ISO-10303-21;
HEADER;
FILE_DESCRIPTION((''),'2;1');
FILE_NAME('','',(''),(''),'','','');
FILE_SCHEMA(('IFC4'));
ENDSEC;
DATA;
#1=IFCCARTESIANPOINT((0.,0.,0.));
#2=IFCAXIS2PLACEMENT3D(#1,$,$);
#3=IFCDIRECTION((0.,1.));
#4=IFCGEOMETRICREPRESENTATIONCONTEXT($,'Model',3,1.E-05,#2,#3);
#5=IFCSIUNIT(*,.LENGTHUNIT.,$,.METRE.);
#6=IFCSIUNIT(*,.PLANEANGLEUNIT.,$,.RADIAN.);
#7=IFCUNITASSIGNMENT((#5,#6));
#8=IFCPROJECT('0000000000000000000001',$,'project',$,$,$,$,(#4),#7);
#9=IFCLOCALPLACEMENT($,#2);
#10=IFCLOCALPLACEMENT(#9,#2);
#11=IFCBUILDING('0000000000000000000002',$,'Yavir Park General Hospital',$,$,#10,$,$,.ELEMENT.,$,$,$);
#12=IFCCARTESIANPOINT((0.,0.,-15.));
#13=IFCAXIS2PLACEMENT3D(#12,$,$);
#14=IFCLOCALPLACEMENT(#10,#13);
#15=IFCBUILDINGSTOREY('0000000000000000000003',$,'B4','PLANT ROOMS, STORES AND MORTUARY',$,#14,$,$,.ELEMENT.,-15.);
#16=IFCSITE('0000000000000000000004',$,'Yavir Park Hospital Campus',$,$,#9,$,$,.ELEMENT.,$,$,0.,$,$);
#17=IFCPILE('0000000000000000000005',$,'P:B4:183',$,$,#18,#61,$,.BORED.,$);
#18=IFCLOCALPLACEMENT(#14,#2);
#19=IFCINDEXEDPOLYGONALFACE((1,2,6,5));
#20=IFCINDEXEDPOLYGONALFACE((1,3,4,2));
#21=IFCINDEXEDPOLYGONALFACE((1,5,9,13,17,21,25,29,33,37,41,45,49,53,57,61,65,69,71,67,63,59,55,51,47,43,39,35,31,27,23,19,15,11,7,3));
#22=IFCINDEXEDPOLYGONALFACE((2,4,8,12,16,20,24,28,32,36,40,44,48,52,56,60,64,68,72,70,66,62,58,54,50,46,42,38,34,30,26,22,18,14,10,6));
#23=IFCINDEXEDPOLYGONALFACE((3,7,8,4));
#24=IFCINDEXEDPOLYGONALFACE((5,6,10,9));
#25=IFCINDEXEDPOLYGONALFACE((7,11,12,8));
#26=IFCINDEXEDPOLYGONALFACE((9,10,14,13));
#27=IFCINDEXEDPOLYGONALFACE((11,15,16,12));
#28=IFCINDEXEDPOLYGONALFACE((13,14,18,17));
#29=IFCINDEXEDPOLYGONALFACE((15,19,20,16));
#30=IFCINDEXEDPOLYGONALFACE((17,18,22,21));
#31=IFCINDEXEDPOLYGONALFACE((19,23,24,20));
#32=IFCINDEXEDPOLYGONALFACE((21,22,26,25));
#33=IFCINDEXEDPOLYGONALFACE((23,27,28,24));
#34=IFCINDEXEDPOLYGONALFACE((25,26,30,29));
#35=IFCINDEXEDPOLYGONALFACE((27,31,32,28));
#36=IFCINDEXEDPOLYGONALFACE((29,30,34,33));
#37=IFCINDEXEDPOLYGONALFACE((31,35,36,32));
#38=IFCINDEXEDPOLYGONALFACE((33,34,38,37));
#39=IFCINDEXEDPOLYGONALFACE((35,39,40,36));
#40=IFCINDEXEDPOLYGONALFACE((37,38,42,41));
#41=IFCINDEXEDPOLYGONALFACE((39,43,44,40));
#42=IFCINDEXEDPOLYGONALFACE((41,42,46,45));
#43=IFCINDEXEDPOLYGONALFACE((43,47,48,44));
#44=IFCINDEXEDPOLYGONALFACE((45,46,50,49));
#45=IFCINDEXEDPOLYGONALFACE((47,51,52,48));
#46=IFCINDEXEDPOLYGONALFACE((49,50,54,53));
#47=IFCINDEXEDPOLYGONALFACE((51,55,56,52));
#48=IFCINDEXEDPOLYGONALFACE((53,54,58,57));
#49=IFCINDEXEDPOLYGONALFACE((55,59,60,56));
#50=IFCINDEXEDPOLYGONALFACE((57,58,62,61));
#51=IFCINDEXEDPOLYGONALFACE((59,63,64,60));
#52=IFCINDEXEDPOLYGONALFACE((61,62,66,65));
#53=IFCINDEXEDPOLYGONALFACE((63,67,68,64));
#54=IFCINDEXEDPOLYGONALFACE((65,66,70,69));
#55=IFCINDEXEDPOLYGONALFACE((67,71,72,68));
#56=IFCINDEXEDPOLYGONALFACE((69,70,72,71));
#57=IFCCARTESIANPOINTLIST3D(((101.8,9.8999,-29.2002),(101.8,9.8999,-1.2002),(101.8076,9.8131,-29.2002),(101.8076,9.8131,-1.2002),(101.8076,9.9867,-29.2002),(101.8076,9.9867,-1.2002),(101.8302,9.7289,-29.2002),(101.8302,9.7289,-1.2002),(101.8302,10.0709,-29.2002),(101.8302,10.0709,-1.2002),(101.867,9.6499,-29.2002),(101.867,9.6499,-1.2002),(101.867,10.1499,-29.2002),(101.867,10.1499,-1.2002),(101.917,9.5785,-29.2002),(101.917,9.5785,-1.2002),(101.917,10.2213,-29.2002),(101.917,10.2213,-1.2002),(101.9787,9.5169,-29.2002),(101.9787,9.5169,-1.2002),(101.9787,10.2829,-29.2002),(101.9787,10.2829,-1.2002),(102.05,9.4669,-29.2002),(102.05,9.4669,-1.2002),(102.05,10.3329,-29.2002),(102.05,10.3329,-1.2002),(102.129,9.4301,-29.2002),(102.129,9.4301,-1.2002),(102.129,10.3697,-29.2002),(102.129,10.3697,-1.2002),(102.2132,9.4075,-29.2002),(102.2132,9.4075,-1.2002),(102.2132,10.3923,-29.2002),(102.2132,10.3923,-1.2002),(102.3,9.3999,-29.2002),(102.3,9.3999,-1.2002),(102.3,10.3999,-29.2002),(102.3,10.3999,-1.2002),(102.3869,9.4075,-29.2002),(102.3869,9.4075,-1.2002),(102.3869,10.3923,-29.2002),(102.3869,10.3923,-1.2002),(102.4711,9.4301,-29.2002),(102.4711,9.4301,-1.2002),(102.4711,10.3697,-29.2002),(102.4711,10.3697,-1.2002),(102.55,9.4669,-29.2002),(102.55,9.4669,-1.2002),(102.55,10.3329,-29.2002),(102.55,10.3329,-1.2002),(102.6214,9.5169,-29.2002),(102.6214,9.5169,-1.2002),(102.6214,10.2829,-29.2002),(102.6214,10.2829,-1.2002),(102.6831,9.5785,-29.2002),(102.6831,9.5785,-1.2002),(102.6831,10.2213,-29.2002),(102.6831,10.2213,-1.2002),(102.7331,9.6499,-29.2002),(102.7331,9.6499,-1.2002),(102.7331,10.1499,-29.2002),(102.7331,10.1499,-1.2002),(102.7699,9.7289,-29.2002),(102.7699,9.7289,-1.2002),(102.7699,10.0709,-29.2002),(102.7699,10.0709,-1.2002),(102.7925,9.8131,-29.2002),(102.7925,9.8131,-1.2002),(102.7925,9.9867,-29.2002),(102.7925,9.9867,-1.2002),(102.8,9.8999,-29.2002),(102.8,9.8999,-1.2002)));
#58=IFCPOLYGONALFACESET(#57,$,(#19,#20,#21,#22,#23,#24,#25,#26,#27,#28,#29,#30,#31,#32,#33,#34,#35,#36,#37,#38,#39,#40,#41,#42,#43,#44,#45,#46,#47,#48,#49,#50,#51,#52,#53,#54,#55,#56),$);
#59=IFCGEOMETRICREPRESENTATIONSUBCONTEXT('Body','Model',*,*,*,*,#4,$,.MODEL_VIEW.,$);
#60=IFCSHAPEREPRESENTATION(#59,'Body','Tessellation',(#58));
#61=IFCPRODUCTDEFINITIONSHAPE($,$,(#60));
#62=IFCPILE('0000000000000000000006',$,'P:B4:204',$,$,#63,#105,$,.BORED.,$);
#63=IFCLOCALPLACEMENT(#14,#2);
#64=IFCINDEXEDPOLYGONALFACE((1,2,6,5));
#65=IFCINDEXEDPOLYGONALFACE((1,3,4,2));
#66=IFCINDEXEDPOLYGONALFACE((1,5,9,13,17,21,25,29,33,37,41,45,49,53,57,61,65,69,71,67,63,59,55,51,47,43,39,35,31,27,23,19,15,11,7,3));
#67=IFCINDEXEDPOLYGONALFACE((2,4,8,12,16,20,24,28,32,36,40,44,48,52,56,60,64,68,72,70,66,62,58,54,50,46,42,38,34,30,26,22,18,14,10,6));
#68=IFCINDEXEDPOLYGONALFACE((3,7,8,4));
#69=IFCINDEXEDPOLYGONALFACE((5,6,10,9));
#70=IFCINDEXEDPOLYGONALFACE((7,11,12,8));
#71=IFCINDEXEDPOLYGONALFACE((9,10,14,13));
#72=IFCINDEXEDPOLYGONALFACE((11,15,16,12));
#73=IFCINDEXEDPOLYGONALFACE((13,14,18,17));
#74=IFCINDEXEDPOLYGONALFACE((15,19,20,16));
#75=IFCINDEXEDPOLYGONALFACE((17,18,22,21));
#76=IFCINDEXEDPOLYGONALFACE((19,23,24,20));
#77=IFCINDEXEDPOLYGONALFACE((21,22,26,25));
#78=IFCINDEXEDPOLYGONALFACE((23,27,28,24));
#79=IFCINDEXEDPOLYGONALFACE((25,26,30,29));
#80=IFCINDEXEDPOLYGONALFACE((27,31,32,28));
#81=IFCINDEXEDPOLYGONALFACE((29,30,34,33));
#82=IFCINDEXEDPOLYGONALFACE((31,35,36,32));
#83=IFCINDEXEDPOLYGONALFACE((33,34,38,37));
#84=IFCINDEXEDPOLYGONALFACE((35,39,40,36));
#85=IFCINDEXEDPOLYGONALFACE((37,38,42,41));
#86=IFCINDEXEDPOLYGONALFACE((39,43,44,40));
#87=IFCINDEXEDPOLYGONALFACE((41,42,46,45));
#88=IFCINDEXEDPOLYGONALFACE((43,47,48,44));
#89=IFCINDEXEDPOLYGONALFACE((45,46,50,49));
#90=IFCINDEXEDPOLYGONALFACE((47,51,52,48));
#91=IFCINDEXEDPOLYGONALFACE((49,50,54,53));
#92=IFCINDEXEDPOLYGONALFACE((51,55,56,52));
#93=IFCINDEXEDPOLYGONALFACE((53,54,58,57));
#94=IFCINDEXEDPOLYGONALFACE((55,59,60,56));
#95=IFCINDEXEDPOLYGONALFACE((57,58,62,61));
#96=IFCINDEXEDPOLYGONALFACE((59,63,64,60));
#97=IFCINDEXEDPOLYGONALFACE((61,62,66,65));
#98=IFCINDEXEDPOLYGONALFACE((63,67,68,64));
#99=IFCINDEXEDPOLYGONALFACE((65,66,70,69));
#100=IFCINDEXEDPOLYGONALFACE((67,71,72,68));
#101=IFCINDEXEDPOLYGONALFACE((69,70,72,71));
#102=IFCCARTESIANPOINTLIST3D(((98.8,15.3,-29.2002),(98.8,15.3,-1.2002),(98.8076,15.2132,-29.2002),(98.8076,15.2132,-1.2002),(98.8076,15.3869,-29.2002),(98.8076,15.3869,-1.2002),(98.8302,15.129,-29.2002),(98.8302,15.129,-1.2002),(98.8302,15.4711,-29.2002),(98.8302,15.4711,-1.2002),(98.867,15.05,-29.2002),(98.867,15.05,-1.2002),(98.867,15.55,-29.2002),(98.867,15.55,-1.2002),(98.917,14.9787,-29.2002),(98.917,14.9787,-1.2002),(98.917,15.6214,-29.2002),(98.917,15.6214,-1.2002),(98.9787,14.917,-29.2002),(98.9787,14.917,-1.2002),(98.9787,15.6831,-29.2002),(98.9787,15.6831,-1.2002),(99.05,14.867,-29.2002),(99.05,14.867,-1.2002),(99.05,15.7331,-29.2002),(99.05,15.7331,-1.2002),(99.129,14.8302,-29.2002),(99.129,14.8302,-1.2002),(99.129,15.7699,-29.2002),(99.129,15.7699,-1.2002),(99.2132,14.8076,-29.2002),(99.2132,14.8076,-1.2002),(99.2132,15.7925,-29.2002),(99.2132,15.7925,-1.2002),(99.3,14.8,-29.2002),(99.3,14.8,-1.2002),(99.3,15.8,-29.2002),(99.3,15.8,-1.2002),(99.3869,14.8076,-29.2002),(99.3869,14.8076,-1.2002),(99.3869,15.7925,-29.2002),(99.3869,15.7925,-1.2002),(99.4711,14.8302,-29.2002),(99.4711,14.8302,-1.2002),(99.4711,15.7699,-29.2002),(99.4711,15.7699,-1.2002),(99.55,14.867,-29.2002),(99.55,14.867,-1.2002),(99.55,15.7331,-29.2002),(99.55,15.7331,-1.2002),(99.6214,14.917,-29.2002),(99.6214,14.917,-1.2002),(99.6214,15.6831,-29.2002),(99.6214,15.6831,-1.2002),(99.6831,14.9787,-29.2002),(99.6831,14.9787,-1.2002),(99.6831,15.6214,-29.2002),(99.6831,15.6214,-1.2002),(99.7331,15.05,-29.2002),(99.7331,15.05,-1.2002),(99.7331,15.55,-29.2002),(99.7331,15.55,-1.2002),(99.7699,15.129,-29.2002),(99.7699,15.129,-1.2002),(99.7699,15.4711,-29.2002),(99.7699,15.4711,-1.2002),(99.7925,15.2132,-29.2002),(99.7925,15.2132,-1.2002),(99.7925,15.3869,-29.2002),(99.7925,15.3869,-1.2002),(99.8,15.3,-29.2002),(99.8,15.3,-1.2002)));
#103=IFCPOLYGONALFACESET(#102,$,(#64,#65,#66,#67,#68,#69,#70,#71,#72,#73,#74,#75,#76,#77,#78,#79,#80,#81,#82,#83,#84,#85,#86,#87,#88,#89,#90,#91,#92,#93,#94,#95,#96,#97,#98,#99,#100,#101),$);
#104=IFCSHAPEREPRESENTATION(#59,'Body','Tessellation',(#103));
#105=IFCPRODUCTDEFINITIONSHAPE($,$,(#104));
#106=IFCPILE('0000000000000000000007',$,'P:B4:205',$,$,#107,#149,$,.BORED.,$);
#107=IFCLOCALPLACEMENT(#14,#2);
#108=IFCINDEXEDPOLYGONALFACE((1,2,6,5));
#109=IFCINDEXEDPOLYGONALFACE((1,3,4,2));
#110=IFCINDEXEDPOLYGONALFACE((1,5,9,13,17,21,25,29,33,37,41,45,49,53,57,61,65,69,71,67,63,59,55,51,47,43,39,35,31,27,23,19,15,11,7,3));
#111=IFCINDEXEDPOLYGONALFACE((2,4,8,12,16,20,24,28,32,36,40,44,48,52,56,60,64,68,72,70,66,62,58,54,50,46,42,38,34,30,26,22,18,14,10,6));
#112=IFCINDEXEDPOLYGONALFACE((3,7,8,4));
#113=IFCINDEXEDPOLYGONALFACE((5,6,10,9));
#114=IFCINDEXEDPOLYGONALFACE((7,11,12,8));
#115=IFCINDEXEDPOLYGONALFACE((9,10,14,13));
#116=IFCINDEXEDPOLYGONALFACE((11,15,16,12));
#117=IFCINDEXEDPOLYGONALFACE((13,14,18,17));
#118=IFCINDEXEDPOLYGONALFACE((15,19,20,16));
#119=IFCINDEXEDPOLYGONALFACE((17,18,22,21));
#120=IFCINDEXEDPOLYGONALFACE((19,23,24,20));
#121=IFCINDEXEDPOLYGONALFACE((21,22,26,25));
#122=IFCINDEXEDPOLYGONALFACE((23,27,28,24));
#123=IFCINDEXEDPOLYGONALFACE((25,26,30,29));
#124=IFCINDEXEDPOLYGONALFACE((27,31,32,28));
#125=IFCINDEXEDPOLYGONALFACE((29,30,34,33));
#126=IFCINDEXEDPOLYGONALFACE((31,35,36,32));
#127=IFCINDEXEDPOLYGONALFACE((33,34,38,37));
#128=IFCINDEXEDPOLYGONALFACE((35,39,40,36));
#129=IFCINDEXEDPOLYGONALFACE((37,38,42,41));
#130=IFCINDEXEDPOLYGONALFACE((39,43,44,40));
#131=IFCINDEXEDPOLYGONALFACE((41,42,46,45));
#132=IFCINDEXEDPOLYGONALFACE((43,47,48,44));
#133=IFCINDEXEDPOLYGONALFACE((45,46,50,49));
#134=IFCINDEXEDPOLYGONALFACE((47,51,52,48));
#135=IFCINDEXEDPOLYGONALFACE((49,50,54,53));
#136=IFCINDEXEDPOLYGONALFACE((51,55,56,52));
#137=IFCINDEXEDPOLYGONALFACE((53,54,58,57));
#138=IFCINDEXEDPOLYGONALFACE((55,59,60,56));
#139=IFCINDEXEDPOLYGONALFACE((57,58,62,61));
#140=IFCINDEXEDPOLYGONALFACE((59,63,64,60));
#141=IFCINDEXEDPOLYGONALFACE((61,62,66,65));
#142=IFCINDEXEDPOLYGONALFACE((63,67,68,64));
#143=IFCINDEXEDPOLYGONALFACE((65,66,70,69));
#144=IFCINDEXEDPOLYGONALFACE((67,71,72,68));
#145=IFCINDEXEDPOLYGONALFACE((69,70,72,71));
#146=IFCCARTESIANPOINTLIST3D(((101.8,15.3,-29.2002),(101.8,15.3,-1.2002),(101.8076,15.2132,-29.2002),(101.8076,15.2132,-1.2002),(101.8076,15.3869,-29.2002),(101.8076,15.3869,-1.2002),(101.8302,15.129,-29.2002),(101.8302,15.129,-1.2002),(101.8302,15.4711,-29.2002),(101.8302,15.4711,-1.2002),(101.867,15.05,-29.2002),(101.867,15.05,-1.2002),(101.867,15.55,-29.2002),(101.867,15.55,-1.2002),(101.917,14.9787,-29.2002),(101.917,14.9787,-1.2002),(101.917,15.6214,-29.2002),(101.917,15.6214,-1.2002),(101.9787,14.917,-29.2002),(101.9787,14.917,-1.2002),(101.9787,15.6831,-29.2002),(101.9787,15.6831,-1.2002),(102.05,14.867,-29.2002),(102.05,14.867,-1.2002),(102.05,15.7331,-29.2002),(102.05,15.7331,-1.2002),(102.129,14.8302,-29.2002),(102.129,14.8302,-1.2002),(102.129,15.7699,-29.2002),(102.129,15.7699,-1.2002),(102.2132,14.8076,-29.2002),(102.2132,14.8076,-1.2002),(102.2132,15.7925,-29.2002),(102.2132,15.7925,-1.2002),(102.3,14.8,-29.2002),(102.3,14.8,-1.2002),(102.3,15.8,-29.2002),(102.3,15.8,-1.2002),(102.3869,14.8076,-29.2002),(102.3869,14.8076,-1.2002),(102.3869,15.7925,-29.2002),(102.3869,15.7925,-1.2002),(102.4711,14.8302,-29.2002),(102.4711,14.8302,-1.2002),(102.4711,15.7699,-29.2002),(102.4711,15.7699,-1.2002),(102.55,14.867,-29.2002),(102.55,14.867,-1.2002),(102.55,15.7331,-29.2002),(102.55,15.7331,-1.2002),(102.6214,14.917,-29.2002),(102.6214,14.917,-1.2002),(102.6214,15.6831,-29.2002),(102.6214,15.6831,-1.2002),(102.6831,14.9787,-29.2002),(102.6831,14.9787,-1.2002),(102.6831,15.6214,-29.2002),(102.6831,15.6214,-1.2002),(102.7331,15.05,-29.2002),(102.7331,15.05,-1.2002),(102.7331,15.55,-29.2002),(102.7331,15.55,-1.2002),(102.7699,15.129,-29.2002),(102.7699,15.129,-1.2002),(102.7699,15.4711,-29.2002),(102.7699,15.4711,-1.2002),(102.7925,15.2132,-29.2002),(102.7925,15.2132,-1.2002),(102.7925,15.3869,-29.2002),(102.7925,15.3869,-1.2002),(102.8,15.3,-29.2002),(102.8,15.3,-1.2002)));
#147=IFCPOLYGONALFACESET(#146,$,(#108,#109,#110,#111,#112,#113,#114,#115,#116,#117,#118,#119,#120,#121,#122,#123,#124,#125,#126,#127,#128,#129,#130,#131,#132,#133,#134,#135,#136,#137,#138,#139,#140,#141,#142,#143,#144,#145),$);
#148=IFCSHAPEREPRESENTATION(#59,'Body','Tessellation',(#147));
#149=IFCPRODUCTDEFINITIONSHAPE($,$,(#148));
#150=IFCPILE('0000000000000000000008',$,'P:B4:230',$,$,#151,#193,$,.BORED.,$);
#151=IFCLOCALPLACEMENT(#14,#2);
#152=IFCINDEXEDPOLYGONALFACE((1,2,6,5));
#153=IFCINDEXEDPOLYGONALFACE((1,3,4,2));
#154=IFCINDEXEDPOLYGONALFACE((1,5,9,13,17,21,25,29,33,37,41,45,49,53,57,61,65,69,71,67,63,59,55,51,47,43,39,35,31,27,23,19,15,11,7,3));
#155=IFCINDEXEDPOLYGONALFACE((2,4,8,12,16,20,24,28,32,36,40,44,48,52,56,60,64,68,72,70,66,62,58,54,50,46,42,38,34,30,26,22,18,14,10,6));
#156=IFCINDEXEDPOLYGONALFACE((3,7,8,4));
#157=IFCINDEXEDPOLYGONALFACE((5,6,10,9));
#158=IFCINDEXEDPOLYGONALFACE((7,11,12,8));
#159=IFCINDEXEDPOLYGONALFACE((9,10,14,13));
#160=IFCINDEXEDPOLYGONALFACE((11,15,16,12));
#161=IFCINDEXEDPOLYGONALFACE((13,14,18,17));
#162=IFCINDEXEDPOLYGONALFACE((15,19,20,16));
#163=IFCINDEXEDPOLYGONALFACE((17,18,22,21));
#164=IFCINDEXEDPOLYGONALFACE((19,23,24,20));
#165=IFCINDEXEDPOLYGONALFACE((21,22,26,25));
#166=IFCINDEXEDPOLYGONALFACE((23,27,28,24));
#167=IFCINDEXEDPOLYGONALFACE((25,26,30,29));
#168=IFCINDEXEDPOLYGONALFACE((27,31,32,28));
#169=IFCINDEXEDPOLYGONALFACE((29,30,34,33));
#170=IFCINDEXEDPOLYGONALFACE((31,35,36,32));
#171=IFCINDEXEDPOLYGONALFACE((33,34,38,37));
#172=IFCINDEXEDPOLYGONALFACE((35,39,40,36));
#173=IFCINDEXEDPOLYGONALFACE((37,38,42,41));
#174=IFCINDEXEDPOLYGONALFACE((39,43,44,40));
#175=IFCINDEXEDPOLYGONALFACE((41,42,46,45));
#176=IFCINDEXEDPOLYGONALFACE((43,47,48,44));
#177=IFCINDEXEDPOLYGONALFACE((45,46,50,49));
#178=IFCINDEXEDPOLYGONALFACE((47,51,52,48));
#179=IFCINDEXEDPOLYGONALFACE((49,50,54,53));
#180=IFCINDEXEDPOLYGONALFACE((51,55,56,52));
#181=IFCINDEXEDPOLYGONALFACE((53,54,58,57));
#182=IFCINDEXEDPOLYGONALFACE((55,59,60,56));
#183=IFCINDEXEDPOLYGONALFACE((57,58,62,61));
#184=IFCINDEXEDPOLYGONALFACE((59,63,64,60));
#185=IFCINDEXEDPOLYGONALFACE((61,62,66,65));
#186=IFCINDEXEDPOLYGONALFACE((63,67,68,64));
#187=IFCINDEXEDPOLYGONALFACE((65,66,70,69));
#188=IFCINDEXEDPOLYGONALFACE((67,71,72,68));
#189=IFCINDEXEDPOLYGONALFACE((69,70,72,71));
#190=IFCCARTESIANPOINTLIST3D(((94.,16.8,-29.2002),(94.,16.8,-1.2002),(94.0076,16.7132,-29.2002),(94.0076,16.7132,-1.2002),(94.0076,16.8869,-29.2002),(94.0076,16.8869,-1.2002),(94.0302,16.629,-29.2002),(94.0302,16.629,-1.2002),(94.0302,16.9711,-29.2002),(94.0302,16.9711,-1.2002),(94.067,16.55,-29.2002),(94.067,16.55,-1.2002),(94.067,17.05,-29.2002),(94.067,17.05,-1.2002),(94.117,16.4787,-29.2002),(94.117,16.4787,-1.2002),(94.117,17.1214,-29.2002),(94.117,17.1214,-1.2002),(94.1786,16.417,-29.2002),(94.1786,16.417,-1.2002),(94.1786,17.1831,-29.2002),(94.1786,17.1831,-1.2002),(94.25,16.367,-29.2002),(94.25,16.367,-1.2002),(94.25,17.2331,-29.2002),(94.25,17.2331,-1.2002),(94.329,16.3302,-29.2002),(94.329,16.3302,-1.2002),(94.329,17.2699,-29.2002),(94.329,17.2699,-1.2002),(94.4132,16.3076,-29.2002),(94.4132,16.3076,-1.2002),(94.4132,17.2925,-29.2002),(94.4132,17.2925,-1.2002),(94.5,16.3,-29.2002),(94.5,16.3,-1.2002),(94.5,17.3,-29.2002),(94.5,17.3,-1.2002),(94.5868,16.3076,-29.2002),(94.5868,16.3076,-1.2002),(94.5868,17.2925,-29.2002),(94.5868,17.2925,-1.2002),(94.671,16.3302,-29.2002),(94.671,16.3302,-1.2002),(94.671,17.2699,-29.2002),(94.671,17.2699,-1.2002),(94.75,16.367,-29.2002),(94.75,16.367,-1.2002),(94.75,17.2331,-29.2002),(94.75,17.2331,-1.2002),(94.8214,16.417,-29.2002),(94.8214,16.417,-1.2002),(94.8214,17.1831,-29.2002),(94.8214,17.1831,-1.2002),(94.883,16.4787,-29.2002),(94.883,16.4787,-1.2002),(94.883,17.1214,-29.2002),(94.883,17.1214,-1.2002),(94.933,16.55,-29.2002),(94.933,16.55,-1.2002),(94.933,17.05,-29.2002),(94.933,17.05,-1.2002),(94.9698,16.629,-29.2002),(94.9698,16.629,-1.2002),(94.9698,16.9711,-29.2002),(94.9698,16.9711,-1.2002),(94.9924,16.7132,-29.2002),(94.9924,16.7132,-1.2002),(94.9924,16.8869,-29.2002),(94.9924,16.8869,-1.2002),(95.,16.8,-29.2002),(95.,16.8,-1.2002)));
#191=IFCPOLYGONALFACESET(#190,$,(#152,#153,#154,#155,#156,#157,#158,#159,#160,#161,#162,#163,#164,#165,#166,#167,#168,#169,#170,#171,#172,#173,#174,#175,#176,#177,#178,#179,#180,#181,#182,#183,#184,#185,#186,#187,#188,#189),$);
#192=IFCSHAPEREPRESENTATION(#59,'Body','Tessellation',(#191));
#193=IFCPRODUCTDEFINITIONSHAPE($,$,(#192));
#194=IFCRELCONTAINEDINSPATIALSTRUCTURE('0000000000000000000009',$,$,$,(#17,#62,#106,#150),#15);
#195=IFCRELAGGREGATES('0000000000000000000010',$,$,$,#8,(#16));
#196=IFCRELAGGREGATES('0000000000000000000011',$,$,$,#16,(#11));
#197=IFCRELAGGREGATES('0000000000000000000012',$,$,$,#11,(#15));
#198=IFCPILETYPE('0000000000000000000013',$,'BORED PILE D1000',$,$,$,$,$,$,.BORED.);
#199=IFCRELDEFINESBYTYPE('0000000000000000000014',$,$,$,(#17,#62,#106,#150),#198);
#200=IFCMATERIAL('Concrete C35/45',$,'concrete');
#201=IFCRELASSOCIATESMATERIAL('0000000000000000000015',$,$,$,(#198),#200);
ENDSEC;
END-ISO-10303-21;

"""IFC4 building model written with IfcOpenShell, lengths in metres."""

from ifc_helpers import new_model, si_unit, direction, frame, origin, origin_2d, place, context, subcontext, project, spatial, circle, extrude, material, material_profile, profile_set, type_object, element, save


model = new_model("IFC4")

# Units and contexts
model_context = context("Model", 3, precision=1e-05, world=origin(), true_north=direction((0.0, 1.0)))
body_context = subcontext(model_context, "Body", "Model", "MODEL_VIEW")
ifc_project = project(units=[si_unit("LENGTHUNIT", "METRE"), si_unit("PLANEANGLEUNIT", "RADIAN")], contexts=[model_context])

# Site, building, storey
site_placement = place(None, origin())
site = spatial("IfcSite", under=ifc_project, at=site_placement, Name="Yavir Park Hospital Campus", CompositionType="ELEMENT", RefElevation=0.0)
building_placement = place(site_placement, origin())
building = spatial("IfcBuilding", under=site, at=building_placement, Name="Yavir Park General Hospital", CompositionType="ELEMENT")
storey_placement = place(building_placement, frame((0.0, 0.0, -15.0)))
storey = spatial("IfcBuildingStorey", under=building, at=storey_placement, Name="B4", Description="PLANT ROOMS, STORES AND MORTUARY", CompositionType="ELEMENT", Elevation=-15.0)

# Piles
ifc_material_1 = material(Name="Concrete C35/45", Category="concrete")
ifc_material_profile_1 = material_profile(ifc_material_1, circle(Radius=0.5, at=origin_2d()), Name="D1000")
ifc_profile_set_1 = profile_set([ifc_material_profile_1], Name="Concrete C35/45")
pile_type_1 = type_object("IfcPileType", Name="BORED PILE D1000", PredefinedType="BORED", material=ifc_profile_set_1)
for number, where, z_axis, x_axis, name in (
    (1, (102.3, 9.8999, -1.2002), (0.0, 0.0, -1.0), (1.0, 0.0, 0.0), "P:B4:183"),
    (2, (99.3, 15.3, -1.2002), (0.0, 0.0, -1.0), (1.0, 0.0, 0.0), "P:B4:204"),
    (3, (102.3, 15.3, -1.2002), (0.0, 0.0, -1.0), (1.0, 0.0, 0.0), "P:B4:205"),
    (4, (94.5, 16.8, -1.2002), (0.0, 0.0, -1.0), (1.0, 0.0, 0.0), "P:B4:230"),
):
    element("IfcPile", number, at=place(storey_placement, frame(where, z_axis=z_axis, x_axis=x_axis)), inside=storey, type_object=pile_type_1, Name=name, PredefinedType="BORED", context=body_context, shape_type="SweptSolid", body=[
        extrude(circle(Radius=0.5, at=origin_2d()), origin(), (0.0, 0.0, 1.0), 28.0),
    ])

save(model, "model.ifc")
